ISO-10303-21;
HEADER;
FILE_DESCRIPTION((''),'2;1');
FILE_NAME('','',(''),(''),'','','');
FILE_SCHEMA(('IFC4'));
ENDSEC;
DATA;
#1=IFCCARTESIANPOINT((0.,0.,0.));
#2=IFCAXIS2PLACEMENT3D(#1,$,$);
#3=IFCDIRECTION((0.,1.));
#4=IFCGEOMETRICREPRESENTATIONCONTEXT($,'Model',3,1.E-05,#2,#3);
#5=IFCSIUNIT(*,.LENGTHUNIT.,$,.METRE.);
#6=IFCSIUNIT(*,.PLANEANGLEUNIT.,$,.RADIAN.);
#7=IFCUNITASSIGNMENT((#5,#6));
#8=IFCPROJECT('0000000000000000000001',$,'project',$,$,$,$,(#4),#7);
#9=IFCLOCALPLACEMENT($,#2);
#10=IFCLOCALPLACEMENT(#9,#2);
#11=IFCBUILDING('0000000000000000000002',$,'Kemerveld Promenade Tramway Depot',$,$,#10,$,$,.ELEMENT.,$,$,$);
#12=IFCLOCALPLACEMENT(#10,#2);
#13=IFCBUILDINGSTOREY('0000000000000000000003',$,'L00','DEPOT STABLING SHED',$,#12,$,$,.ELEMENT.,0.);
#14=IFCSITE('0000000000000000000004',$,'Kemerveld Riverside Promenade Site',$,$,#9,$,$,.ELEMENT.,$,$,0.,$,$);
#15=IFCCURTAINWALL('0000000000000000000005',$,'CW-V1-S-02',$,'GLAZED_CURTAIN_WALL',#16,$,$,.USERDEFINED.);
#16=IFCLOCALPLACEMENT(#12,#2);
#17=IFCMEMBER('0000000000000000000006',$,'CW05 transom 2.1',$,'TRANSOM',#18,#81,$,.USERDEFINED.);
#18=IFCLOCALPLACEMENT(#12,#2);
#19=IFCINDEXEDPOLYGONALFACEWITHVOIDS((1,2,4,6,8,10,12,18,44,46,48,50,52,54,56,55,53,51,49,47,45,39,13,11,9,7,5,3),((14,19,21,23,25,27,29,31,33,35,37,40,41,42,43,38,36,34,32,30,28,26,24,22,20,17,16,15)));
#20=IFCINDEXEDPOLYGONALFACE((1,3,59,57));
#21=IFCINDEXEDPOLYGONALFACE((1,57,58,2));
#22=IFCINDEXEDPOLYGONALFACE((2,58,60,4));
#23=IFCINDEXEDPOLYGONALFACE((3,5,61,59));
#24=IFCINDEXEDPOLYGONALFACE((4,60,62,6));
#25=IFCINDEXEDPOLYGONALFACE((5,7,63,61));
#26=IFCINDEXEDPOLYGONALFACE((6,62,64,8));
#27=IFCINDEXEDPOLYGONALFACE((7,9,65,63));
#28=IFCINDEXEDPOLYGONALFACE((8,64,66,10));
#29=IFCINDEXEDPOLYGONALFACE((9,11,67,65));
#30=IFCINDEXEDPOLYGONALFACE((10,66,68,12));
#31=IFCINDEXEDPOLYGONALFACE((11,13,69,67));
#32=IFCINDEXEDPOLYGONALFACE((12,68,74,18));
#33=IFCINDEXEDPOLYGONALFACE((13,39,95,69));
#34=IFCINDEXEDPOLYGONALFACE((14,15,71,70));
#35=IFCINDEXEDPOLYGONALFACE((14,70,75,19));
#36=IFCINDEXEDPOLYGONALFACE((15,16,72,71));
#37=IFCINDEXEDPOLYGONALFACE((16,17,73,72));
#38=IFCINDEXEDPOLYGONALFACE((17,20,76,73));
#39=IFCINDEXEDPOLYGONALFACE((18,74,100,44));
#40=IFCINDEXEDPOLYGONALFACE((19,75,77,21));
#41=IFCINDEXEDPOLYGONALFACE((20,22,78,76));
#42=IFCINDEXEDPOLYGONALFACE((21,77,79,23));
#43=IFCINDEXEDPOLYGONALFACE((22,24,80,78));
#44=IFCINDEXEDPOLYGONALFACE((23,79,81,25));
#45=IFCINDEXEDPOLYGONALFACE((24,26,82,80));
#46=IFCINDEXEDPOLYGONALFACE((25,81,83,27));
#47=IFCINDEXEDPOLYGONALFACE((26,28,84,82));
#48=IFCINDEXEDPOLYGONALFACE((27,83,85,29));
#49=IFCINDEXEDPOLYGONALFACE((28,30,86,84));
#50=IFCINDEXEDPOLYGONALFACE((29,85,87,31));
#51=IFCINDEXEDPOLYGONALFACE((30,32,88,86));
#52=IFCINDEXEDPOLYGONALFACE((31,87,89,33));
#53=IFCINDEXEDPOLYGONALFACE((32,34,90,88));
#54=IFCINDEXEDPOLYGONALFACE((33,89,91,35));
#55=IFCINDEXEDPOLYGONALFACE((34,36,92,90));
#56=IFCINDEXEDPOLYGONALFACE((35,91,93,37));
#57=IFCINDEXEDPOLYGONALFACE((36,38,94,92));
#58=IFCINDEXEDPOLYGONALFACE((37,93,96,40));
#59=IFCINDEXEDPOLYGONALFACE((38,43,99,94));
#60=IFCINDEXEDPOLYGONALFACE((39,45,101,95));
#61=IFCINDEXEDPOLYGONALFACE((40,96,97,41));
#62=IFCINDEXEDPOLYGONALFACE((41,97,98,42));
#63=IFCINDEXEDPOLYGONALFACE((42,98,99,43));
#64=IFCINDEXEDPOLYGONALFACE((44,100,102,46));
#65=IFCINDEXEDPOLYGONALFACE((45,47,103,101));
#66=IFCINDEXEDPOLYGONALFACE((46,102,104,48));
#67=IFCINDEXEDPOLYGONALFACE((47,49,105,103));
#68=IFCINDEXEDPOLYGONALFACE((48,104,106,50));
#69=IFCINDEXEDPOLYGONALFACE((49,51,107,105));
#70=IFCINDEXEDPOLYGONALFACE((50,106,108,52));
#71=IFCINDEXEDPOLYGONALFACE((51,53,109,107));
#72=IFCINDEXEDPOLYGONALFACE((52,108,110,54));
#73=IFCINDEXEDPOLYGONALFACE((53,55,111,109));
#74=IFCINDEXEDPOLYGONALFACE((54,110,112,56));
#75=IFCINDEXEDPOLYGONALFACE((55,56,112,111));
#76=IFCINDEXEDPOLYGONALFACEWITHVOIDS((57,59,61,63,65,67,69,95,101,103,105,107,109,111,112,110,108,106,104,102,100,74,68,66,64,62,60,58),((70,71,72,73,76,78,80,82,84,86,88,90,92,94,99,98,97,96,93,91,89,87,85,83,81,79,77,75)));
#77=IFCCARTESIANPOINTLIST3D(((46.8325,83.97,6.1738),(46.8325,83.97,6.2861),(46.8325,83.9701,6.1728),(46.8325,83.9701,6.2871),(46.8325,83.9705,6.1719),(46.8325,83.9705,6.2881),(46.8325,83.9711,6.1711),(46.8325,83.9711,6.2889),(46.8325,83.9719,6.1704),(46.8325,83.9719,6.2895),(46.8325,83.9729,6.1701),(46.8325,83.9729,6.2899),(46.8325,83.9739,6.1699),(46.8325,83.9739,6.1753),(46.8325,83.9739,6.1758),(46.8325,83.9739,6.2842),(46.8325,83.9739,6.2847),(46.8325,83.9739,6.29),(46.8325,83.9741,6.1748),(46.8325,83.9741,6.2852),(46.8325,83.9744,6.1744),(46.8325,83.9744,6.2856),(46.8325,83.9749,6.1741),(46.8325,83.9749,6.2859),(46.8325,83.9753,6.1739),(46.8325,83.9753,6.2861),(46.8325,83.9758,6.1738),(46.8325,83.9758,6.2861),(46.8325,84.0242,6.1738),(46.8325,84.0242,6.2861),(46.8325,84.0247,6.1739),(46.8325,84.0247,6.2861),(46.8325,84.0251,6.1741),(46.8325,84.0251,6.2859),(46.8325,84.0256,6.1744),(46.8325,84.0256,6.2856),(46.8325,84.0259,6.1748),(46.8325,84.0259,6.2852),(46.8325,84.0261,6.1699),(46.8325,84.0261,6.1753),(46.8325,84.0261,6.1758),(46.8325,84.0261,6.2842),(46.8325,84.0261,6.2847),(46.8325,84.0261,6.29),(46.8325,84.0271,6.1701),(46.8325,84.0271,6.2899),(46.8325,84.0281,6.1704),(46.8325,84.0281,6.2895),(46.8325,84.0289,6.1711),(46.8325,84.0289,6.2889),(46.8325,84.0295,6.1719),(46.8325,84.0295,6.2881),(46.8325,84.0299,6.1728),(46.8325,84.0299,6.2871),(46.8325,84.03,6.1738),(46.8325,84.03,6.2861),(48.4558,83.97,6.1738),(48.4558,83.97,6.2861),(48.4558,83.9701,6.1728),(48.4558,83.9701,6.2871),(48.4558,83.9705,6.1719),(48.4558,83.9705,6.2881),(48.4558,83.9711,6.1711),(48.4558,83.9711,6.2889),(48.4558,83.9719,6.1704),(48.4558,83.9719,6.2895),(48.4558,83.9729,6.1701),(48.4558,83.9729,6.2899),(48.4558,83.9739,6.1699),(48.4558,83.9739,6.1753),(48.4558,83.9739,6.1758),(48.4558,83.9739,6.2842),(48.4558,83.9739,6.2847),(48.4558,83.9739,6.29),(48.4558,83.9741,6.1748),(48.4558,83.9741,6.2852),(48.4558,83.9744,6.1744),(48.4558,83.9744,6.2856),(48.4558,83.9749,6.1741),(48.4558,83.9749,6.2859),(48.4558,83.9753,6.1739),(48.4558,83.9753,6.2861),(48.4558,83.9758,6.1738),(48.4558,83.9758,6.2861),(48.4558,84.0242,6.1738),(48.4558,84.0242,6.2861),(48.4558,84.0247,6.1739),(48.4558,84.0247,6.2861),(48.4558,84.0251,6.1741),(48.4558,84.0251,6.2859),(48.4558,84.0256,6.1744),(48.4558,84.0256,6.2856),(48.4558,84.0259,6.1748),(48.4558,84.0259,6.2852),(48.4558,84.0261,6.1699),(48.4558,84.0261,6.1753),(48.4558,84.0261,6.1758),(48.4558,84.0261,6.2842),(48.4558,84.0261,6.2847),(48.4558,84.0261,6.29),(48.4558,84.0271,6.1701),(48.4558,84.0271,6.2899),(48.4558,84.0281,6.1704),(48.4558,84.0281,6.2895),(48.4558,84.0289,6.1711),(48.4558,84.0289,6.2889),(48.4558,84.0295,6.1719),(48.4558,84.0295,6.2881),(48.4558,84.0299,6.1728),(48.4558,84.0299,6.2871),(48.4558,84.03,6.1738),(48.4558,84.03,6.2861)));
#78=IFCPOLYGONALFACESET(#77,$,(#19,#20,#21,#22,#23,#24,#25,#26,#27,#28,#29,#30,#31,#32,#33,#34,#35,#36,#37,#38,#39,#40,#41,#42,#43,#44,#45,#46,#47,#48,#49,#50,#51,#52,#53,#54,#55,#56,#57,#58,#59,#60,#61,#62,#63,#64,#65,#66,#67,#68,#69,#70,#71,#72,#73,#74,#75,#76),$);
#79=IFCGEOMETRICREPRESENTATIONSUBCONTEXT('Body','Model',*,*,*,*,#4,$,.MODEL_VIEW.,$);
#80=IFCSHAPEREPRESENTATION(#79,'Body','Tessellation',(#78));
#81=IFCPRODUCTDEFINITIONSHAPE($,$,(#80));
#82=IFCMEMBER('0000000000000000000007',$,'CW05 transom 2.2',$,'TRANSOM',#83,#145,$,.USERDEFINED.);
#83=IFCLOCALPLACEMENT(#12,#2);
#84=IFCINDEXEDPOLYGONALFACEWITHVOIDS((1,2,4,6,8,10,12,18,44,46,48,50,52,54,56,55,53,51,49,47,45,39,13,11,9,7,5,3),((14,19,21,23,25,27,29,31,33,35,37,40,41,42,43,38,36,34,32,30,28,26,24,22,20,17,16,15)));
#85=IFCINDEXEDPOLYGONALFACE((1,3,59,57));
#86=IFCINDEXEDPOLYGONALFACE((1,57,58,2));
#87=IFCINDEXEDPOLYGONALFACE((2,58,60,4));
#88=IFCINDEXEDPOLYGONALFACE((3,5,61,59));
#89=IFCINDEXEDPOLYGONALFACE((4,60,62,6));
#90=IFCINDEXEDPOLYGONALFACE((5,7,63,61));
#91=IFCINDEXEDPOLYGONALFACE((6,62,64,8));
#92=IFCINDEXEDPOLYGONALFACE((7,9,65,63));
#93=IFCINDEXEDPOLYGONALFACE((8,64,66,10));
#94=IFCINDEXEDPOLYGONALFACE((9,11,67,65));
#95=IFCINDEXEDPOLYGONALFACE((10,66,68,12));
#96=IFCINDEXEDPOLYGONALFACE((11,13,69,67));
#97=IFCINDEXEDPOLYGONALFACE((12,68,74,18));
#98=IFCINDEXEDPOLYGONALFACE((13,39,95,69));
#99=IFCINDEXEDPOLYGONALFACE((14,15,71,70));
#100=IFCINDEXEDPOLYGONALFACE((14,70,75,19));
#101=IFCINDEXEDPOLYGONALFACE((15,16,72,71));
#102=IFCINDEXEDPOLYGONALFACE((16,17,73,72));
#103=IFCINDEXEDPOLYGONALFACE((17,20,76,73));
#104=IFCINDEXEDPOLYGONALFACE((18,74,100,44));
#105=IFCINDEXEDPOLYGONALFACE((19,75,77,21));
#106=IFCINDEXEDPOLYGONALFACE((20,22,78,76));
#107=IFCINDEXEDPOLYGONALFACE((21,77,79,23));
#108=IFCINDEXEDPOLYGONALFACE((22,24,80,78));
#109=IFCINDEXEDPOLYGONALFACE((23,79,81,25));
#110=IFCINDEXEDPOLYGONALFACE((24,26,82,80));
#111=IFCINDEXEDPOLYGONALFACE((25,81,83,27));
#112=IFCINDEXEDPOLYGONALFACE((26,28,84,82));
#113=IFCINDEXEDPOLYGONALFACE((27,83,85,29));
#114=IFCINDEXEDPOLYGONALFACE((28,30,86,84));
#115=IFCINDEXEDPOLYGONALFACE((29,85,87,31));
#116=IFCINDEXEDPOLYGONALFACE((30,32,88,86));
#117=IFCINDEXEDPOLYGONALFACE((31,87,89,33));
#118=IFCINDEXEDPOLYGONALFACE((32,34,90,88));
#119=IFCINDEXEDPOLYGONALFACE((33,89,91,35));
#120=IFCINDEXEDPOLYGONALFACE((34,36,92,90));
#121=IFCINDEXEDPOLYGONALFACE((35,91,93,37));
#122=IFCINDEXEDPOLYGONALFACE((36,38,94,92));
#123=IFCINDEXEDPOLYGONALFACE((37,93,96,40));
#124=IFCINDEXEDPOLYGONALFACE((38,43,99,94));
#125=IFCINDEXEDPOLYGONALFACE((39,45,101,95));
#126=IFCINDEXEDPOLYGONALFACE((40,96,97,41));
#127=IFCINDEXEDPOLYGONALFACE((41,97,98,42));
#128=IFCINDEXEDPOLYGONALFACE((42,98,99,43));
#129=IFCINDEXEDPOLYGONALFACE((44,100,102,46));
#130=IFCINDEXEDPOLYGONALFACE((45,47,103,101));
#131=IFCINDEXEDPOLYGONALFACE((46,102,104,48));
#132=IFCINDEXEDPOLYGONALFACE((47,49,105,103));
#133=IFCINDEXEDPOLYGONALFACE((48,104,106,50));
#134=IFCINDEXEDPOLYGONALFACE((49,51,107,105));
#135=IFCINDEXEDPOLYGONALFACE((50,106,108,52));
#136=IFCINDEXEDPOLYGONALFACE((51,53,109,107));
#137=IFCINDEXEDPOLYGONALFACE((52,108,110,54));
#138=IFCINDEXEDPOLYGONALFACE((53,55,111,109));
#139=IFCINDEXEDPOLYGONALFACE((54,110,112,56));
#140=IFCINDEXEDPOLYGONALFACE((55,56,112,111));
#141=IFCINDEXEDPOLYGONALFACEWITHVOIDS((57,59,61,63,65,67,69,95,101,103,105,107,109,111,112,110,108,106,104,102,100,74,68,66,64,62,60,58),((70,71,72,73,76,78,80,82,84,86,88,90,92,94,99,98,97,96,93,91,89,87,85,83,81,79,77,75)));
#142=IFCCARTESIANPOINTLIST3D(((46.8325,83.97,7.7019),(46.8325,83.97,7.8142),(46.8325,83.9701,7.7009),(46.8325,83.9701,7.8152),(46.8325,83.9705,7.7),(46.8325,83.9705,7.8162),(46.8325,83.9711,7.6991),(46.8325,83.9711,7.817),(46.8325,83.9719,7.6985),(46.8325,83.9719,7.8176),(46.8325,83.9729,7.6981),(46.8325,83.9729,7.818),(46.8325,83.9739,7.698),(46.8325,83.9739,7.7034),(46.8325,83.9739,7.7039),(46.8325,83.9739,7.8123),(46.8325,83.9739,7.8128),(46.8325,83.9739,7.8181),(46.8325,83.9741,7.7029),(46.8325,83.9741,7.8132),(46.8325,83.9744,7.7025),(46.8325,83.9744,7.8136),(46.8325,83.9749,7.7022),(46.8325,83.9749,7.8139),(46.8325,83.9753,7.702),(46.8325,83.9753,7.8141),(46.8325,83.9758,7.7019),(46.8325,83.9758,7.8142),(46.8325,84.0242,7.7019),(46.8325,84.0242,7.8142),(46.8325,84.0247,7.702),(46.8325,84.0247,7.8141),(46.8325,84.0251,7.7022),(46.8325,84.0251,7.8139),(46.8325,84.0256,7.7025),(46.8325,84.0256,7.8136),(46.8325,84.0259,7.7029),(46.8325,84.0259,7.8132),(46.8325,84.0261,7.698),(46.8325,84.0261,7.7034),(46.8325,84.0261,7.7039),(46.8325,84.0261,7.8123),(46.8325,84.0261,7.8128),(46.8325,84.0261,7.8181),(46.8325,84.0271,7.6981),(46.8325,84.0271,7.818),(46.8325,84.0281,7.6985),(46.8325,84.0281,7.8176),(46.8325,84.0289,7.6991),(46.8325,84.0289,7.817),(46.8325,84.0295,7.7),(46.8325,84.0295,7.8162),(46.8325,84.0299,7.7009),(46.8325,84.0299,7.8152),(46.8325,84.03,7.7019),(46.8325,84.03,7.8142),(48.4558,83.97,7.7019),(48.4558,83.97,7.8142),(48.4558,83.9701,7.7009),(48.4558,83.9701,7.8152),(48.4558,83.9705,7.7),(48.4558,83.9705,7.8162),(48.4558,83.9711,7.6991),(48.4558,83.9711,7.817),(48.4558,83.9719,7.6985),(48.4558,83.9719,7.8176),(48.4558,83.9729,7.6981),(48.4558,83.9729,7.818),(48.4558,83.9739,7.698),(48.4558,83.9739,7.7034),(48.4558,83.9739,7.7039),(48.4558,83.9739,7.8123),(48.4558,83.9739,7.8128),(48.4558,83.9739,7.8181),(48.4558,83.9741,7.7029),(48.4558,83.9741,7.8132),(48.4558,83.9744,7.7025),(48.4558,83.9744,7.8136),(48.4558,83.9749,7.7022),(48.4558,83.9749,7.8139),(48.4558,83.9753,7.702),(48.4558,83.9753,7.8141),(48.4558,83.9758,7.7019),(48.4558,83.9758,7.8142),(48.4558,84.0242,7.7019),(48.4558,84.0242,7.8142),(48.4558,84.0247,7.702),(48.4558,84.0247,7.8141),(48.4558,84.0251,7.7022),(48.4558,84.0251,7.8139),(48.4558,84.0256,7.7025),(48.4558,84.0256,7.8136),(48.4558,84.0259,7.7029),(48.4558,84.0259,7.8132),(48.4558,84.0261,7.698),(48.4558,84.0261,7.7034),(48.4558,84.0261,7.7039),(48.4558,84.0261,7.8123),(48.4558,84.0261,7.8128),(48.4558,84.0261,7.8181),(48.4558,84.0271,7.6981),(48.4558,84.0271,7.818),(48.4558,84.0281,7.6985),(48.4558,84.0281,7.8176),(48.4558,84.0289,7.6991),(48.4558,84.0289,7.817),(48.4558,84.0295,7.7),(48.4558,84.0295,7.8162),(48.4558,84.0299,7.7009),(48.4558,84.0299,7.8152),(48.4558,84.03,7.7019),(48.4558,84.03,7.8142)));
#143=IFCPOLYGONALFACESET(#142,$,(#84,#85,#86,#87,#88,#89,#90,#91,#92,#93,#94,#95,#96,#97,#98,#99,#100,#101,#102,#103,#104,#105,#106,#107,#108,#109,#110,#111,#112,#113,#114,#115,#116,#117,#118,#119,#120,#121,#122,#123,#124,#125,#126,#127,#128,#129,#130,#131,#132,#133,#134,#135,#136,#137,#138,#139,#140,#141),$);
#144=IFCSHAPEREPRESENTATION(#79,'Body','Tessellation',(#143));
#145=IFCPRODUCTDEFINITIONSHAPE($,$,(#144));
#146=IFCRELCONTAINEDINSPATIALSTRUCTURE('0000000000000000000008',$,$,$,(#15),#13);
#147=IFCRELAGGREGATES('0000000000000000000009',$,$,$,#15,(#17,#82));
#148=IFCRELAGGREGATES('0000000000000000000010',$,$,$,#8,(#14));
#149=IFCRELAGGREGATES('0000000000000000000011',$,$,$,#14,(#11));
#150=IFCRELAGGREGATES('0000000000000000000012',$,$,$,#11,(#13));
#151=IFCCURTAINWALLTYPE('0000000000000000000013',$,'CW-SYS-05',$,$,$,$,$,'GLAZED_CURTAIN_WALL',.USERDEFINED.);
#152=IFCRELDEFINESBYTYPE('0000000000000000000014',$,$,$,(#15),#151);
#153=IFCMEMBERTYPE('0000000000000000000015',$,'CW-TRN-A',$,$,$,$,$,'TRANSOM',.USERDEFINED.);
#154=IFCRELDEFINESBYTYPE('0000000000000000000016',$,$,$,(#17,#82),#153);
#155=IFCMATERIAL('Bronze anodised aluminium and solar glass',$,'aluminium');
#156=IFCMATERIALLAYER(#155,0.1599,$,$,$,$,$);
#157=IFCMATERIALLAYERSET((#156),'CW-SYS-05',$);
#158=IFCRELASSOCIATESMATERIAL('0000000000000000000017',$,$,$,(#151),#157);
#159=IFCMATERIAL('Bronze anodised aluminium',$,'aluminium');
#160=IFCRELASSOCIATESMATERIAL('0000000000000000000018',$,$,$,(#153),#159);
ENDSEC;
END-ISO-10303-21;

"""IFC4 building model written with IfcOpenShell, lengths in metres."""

from ifc_helpers import new_model, si_unit, direction, frame, origin, origin_2d, place, context, subcontext, project, spatial, hollow_rectangle, extrude, material, layer, layer_set, material_profile, profile_set, type_object, element, aggregate, save


model = new_model("IFC4")

# Units and contexts
model_context = context("Model", 3, precision=1e-05, world=origin(), true_north=direction((0.0, 1.0)))
body_context = subcontext(model_context, "Body", "Model", "MODEL_VIEW")
ifc_project = project(units=[si_unit("LENGTHUNIT", "METRE"), si_unit("PLANEANGLEUNIT", "RADIAN")], contexts=[model_context])

# Site, building, storey
site_placement = place(None, origin())
site = spatial("IfcSite", under=ifc_project, at=site_placement, Name="Kemerveld Riverside Promenade Site", CompositionType="ELEMENT", RefElevation=0.0)
building_placement = place(site_placement, origin())
building = spatial("IfcBuilding", under=site, at=building_placement, Name="Kemerveld Promenade Tramway Depot", CompositionType="ELEMENT")
storey_placement = place(building_placement, origin())
storey = spatial("IfcBuildingStorey", under=building, at=storey_placement, Name="L00", Description="DEPOT STABLING SHED", CompositionType="ELEMENT", Elevation=0.0)

# Curtain wall
ifc_material_1 = material(Name="Bronze anodised aluminium and solar glass", Category="aluminium")
ifc_layer_1 = layer(ifc_material_1, 0.1599)
ifc_layer_set_1 = layer_set([ifc_layer_1], Name="CW-SYS-05")
curtain_wall_type_1 = type_object("IfcCurtainWallType", Name="CW-SYS-05", ElementType="GLAZED_CURTAIN_WALL", PredefinedType="USERDEFINED", material=ifc_layer_set_1)
curtain_wall_1_placement = place(storey_placement, origin())
curtain_wall_1 = element("IfcCurtainWall", 1, at=curtain_wall_1_placement, inside=storey, type_object=curtain_wall_type_1, Name="CW-V1-S-02", ObjectType="GLAZED_CURTAIN_WALL", PredefinedType="USERDEFINED")
ifc_material_2 = material(Name="Bronze anodised aluminium", Category="aluminium")

# Members
ifc_material_profile_1 = material_profile(ifc_material_2, hollow_rectangle(XDim=0.0601, YDim=0.1201, WallThickness=0.0039, InnerFilletRadius=0.002, OuterFilletRadius=0.0039, at=origin_2d()), Name="CW-TRN-120x60")
ifc_profile_set_1 = profile_set([ifc_material_profile_1], Name="Bronze anodised aluminium")
member_type_1 = type_object("IfcMemberType", Name="CW-TRN-A", ElementType="TRANSOM", PredefinedType="USERDEFINED", material=ifc_profile_set_1)
member_1_placement = place(storey_placement, frame((48.4558, 84.0, 6.23), z_axis=(-1.0, 0.0, 0.0), x_axis=(0.0, -1.0, 0.0)))
member_1 = element("IfcMember", 2, at=member_1_placement, type_object=member_type_1, Name="CW05 transom 2.1", ObjectType="TRANSOM", PredefinedType="USERDEFINED", context=body_context, shape_type="SweptSolid", body=[
    extrude(hollow_rectangle(XDim=0.0601, YDim=0.1201, WallThickness=0.0039, InnerFilletRadius=0.002, OuterFilletRadius=0.0039, at=origin_2d()), origin(), (0.0, 0.0, 1.0), 1.6233),
])
member_2_placement = place(storey_placement, frame((48.4558, 84.0, 7.7581), z_axis=(-1.0, 0.0, 0.0), x_axis=(0.0, -1.0, 0.0)))
member_2 = element("IfcMember", 3, at=member_2_placement, type_object=member_type_1, Name="CW05 transom 2.2", ObjectType="TRANSOM", PredefinedType="USERDEFINED", context=body_context, shape_type="SweptSolid", body=[
    extrude(hollow_rectangle(XDim=0.0601, YDim=0.1201, WallThickness=0.0039, InnerFilletRadius=0.002, OuterFilletRadius=0.0039, at=origin_2d()), origin(), (0.0, 0.0, 1.0), 1.6233),
])

aggregate(curtain_wall_1, [member_1, member_2])

save(model, "model.ifc")
